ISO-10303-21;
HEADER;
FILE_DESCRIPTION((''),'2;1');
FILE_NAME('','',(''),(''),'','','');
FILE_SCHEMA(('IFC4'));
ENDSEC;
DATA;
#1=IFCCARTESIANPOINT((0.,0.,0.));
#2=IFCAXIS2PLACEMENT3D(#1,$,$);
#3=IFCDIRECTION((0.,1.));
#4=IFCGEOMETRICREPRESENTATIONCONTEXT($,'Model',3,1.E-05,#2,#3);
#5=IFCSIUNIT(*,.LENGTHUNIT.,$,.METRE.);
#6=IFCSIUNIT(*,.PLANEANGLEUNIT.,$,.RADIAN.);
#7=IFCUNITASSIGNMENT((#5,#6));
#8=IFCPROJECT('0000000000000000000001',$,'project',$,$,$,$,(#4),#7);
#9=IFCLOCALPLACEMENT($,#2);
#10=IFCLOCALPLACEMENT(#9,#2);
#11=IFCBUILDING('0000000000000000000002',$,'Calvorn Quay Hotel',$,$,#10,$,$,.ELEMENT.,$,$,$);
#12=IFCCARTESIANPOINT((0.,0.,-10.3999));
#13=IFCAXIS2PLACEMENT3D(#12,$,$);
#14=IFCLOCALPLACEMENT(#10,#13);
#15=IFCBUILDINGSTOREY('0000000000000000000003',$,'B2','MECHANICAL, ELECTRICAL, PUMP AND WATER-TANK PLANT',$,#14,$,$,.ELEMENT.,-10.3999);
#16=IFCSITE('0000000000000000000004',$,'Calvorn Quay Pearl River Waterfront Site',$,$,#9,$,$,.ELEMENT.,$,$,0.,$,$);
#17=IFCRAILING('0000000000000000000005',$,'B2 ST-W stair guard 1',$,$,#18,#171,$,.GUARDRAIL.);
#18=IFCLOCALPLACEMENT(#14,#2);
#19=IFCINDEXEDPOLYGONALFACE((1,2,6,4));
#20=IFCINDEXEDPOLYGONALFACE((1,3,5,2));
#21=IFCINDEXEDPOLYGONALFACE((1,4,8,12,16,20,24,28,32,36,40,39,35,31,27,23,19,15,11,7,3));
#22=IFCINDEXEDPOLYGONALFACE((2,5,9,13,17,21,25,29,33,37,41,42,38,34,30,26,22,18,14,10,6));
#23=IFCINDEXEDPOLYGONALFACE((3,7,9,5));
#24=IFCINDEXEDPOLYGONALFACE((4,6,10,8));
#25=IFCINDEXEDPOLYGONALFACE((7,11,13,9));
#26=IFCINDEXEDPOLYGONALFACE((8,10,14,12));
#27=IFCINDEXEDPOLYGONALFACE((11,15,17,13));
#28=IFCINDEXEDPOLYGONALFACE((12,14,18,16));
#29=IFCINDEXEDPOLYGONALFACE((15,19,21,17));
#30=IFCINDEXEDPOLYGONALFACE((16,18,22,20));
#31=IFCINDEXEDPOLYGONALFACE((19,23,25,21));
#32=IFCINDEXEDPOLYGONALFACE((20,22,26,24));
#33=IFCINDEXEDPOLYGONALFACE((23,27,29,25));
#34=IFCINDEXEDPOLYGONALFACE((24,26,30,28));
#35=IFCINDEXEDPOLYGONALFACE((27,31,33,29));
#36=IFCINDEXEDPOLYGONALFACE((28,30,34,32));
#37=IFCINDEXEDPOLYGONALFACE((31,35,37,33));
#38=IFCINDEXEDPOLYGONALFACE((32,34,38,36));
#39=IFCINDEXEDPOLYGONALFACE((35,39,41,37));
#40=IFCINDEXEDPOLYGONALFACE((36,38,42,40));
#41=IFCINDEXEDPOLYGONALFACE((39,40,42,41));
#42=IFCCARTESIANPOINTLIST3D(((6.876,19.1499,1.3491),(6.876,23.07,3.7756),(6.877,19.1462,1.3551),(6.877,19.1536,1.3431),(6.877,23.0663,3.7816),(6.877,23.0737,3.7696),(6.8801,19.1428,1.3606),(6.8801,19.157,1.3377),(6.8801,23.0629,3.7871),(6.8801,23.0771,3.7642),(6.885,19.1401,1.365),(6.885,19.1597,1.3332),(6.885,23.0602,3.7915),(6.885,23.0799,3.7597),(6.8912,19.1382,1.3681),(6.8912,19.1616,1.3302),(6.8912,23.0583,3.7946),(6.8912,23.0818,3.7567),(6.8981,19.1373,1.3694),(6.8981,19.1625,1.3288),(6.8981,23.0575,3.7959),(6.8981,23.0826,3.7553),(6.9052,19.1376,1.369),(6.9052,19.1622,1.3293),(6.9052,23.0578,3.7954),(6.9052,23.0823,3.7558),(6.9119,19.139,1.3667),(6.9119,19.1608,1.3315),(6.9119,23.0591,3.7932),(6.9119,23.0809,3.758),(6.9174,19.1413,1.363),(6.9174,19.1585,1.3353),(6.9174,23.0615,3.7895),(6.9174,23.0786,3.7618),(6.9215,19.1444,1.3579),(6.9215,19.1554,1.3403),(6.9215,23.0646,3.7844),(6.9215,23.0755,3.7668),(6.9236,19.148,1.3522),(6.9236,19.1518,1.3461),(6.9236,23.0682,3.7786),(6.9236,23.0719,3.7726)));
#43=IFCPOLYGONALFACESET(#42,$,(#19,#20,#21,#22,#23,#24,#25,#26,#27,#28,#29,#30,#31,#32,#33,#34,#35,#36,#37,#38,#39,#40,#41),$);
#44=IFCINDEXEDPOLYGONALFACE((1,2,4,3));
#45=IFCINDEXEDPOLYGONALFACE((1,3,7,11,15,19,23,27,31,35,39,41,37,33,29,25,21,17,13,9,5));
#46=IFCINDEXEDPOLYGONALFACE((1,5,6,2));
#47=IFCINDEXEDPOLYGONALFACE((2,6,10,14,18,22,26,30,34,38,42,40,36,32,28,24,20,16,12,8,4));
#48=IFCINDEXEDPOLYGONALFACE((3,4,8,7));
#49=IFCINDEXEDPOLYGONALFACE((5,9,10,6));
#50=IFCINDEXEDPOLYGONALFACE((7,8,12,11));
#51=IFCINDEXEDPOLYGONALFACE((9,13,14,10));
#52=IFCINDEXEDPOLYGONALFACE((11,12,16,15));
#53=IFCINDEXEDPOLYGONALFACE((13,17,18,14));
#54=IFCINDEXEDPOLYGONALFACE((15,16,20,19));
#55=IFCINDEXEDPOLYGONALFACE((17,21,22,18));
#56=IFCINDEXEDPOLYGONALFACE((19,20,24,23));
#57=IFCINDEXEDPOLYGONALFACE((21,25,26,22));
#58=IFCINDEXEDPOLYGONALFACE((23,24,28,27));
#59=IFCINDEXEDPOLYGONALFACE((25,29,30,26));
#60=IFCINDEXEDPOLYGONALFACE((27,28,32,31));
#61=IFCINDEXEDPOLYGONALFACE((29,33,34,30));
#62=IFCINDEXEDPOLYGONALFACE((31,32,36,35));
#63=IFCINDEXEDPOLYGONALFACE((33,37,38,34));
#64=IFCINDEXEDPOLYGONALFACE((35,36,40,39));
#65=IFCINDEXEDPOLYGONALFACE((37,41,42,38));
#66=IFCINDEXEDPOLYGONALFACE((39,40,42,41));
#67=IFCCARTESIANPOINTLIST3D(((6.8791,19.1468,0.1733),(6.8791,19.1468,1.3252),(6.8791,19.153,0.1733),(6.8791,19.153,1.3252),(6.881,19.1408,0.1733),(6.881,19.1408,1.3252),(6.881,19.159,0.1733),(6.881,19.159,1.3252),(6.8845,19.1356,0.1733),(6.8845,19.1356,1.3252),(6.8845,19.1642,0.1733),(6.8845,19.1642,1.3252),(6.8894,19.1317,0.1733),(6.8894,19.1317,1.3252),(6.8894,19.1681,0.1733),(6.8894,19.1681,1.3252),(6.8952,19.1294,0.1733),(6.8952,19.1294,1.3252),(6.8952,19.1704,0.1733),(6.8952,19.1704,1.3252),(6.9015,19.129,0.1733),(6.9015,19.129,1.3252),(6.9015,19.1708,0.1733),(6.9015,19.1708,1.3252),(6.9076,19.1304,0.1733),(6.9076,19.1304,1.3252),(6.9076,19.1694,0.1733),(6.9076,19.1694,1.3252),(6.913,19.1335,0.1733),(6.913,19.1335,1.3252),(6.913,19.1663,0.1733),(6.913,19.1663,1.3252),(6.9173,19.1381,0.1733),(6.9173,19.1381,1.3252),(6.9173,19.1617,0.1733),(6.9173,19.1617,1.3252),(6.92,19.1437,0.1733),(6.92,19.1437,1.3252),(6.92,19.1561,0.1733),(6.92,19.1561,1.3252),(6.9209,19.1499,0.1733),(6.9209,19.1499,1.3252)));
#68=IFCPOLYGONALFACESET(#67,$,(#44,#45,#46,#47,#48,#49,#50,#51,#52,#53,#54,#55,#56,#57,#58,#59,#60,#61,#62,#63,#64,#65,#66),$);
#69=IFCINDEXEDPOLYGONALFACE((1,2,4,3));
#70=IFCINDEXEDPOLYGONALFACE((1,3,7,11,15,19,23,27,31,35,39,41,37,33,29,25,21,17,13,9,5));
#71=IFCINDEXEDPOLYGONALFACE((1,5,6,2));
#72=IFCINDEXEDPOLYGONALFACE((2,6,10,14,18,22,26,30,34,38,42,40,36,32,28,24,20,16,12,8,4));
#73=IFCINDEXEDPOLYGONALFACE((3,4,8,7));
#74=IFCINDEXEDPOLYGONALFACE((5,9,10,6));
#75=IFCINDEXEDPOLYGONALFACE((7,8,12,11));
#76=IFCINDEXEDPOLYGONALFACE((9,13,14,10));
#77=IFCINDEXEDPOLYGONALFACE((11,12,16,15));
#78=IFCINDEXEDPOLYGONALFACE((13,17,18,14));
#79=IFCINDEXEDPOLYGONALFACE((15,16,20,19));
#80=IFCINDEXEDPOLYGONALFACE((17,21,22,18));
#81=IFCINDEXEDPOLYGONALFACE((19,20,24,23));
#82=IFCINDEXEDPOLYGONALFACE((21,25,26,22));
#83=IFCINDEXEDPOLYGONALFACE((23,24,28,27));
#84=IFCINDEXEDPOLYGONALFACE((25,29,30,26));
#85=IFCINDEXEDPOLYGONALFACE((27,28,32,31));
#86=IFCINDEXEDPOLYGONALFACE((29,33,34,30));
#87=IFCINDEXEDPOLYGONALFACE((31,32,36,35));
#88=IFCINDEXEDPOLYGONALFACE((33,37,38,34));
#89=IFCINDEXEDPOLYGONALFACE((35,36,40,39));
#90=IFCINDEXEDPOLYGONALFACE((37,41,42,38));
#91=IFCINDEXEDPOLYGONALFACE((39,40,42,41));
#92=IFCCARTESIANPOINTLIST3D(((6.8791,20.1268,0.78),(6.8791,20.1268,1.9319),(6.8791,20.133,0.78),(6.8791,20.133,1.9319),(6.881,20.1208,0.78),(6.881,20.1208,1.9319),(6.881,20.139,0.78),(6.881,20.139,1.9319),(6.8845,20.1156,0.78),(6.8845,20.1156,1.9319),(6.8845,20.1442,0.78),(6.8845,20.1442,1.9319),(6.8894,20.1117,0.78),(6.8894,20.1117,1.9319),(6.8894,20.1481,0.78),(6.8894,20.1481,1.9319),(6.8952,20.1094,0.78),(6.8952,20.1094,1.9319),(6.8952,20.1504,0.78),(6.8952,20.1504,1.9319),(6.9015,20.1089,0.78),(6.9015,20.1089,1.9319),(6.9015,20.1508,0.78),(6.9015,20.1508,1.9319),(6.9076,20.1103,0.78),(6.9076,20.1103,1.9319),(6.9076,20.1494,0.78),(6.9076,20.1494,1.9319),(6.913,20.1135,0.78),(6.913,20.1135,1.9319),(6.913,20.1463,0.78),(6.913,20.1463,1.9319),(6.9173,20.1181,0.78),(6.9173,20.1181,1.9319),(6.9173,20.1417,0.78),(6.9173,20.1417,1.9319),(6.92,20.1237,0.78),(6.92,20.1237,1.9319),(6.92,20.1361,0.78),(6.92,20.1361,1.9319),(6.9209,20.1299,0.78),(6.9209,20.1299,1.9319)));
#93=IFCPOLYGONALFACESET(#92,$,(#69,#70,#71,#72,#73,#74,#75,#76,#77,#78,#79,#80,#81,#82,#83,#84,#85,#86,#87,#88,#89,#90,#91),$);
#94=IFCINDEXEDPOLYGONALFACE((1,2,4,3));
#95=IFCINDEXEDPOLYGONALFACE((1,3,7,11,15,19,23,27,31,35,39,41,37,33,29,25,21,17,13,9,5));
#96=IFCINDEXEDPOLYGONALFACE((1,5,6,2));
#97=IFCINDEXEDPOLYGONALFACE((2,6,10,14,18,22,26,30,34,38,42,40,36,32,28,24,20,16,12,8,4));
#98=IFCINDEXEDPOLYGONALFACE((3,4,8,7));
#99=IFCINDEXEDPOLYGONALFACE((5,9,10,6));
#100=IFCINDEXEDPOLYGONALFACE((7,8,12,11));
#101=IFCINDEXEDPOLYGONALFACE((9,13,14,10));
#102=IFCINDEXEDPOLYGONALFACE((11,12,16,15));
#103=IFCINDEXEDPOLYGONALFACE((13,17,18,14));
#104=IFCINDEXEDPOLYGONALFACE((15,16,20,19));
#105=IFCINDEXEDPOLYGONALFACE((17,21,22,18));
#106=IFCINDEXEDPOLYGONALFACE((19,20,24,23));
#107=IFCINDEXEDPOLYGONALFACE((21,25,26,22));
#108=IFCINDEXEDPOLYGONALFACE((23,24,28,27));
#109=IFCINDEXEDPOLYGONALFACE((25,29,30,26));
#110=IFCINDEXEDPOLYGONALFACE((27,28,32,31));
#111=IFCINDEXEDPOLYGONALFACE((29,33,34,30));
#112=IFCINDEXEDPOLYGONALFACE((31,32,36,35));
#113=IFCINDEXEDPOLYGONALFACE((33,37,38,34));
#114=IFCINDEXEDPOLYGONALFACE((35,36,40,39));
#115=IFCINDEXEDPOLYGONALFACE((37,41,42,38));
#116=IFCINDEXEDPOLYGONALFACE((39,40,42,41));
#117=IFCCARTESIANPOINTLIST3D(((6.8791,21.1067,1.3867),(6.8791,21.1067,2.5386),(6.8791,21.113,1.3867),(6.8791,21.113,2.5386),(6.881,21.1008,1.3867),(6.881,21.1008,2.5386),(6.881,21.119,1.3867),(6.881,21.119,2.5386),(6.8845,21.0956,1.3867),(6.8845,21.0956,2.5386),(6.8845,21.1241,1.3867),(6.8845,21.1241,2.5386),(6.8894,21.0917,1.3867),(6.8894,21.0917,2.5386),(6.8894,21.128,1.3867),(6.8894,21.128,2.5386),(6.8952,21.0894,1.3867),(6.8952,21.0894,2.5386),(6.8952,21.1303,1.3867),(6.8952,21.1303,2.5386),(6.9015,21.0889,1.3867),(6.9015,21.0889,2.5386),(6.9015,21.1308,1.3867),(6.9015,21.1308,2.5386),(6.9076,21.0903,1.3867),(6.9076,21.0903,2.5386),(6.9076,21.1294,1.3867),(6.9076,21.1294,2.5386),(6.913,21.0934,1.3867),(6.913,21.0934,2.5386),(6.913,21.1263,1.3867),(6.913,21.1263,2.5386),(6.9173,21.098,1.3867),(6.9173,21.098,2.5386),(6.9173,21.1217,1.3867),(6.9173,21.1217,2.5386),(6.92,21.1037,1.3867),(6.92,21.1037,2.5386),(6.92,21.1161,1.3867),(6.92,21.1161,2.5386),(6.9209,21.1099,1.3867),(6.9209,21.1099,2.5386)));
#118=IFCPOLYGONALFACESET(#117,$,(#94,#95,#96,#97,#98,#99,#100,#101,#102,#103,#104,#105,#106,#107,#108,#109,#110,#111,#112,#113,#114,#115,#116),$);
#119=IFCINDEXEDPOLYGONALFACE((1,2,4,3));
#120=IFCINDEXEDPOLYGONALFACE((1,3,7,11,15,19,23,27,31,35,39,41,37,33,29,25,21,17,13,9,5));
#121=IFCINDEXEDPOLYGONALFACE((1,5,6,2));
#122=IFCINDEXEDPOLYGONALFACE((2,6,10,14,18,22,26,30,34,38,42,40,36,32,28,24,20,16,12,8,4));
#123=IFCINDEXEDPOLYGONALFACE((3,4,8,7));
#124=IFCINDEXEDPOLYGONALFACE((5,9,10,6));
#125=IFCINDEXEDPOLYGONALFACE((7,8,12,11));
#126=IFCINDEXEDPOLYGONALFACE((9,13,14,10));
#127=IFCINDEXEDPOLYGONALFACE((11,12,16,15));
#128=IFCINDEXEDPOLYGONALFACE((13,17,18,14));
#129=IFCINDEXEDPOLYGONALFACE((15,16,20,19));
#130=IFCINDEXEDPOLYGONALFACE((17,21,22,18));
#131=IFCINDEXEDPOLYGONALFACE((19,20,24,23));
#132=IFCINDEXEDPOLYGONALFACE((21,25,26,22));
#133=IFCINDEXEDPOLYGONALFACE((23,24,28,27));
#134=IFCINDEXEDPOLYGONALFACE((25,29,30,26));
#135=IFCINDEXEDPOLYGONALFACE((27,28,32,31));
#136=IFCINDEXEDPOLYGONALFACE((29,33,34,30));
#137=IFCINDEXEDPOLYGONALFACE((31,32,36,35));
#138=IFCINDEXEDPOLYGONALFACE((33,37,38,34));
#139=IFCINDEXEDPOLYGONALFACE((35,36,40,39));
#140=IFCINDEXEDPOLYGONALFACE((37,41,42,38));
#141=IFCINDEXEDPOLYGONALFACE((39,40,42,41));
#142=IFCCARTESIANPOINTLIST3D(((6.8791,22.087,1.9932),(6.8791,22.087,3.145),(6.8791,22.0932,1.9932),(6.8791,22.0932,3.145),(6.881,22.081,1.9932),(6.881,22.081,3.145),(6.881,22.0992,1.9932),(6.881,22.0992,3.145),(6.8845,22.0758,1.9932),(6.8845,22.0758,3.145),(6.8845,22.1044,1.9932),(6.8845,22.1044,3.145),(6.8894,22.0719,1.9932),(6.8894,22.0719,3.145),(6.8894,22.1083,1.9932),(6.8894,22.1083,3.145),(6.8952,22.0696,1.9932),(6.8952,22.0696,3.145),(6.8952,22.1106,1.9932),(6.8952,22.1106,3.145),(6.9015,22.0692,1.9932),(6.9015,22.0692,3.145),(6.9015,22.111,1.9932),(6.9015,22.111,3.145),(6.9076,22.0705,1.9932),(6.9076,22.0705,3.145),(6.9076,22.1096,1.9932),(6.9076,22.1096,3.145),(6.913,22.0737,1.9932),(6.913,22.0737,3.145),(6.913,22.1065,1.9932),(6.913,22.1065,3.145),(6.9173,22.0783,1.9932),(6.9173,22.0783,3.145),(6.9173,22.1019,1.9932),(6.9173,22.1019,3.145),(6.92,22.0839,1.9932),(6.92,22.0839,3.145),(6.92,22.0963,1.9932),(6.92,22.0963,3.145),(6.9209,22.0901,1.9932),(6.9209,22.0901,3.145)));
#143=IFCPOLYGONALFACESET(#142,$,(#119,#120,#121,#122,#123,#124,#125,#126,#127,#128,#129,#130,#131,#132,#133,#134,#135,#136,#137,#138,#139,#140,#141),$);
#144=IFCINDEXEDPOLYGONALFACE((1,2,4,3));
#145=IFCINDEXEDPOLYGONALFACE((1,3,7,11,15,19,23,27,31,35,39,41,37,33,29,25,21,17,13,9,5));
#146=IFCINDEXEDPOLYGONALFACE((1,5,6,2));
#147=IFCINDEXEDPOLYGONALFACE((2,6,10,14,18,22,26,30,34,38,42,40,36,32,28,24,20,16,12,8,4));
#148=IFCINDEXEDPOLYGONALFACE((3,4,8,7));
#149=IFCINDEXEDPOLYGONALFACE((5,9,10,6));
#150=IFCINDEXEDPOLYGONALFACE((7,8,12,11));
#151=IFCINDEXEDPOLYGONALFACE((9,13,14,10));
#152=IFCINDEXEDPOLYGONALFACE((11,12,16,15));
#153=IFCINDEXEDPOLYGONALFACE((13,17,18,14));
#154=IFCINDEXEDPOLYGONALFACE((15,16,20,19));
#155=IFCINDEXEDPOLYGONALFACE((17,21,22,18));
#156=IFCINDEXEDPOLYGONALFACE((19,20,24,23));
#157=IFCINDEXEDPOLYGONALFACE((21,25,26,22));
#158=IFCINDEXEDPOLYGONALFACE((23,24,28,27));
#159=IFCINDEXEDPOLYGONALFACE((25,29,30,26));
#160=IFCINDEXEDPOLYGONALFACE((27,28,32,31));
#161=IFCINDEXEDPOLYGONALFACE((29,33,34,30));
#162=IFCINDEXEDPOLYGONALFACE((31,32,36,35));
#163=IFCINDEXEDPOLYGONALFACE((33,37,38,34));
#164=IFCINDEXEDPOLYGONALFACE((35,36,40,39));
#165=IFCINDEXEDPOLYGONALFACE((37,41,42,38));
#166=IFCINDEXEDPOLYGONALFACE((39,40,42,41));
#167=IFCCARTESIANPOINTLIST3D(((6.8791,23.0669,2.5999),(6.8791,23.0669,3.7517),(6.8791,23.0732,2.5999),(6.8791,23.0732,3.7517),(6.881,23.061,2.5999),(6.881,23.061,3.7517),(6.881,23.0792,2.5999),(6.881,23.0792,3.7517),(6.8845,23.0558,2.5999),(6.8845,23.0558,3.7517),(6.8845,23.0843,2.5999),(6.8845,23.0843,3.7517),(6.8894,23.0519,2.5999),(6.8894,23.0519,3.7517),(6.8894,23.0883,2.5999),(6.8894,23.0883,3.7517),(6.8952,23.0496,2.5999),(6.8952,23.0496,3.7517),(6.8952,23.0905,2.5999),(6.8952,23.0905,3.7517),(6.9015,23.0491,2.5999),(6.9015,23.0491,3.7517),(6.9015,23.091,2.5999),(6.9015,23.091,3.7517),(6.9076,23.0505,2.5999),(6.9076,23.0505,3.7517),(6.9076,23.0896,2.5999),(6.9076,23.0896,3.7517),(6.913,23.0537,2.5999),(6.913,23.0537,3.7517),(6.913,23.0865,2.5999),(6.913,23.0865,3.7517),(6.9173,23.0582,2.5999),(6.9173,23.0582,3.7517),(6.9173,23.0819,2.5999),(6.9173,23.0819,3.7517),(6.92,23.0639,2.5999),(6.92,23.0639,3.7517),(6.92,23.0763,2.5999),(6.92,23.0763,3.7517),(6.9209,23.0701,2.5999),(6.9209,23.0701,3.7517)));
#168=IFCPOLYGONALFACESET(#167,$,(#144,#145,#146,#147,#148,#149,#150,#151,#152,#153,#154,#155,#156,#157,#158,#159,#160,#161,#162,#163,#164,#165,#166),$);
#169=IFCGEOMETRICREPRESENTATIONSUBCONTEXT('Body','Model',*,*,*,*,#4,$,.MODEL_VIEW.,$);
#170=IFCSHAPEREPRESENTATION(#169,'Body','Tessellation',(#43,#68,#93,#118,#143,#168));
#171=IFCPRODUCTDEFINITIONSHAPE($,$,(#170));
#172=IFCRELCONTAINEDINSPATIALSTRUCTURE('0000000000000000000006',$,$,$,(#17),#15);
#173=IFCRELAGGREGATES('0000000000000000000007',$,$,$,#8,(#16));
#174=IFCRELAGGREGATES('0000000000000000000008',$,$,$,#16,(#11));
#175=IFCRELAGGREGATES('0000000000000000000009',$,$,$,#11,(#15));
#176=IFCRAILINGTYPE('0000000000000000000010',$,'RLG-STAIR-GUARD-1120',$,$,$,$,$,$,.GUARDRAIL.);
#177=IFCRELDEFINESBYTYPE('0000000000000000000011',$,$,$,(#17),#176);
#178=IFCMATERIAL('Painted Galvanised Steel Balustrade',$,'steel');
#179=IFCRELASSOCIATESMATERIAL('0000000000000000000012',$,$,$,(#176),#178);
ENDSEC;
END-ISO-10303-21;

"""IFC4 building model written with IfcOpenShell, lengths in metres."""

from ifc_helpers import new_model, si_unit, direction, frame, origin, origin_2d, place, context, subcontext, project, spatial, circle, extrude, material, type_object, element, save


model = new_model("IFC4")

# Units and contexts
model_context = context("Model", 3, precision=1e-05, world=origin(), true_north=direction((0.0, 1.0)))
body_context = subcontext(model_context, "Body", "Model", "MODEL_VIEW")
ifc_project = project(units=[si_unit("LENGTHUNIT", "METRE"), si_unit("PLANEANGLEUNIT", "RADIAN")], contexts=[model_context])

# Site, building, storey
site_placement = place(None, origin())
site = spatial("IfcSite", under=ifc_project, at=site_placement, Name="Calvorn Quay Pearl River Waterfront Site", CompositionType="ELEMENT", RefElevation=0.0)
building_placement = place(site_placement, origin())
building = spatial("IfcBuilding", under=site, at=building_placement, Name="Calvorn Quay Hotel", CompositionType="ELEMENT")
storey_placement = place(building_placement, frame((0.0, 0.0, -10.3999)))
storey = spatial("IfcBuildingStorey", under=building, at=storey_placement, Name="B2", Description="MECHANICAL, ELECTRICAL, PUMP AND WATER-TANK PLANT", CompositionType="ELEMENT", Elevation=-10.3999)

# Railing
ifc_material_1 = material(Name="Painted Galvanised Steel Balustrade", Category="steel")
railing_type_1 = type_object("IfcRailingType", Name="RLG-STAIR-GUARD-1120", PredefinedType="GUARDRAIL", material=ifc_material_1)
railing_1_placement = place(storey_placement, frame((6.8999, 19.1499, 0.1733)))
element("IfcRailing", 1, at=railing_1_placement, inside=storey, type_object=railing_type_1, Name="B2 ST-W stair guard 1", PredefinedType="GUARDRAIL", context=body_context, shape_type="SweptSolid", body=[
    extrude(circle(Radius=0.0239, at=origin_2d()), frame((0.0, 0.0, 1.1758), z_axis=(0.0, 0.85029, 0.526315), x_axis=(-1.0, 0.0, 0.0)), (0.0, 0.0, 1.0), 4.6104),
    extrude(circle(Radius=0.021, at=origin_2d()), origin(), (0.0, 0.0, 1.0), 1.1519),
    extrude(circle(Radius=0.021, at=origin_2d()), frame((0.0, 0.98, 0.6067)), (0.0, 0.0, 1.0), 1.1519),
    extrude(circle(Radius=0.021, at=origin_2d()), frame((0.0, 1.96, 1.2134)), (0.0, 0.0, 1.0), 1.1519),
    extrude(circle(Radius=0.021, at=origin_2d()), frame((0.0, 2.9402, 1.8198)), (0.0, 0.0, 1.0), 1.1519),
    extrude(circle(Radius=0.021, at=origin_2d()), frame((0.0, 3.9202, 2.4265)), (0.0, 0.0, 1.0), 1.1519),
])

save(model, "model.ifc")
